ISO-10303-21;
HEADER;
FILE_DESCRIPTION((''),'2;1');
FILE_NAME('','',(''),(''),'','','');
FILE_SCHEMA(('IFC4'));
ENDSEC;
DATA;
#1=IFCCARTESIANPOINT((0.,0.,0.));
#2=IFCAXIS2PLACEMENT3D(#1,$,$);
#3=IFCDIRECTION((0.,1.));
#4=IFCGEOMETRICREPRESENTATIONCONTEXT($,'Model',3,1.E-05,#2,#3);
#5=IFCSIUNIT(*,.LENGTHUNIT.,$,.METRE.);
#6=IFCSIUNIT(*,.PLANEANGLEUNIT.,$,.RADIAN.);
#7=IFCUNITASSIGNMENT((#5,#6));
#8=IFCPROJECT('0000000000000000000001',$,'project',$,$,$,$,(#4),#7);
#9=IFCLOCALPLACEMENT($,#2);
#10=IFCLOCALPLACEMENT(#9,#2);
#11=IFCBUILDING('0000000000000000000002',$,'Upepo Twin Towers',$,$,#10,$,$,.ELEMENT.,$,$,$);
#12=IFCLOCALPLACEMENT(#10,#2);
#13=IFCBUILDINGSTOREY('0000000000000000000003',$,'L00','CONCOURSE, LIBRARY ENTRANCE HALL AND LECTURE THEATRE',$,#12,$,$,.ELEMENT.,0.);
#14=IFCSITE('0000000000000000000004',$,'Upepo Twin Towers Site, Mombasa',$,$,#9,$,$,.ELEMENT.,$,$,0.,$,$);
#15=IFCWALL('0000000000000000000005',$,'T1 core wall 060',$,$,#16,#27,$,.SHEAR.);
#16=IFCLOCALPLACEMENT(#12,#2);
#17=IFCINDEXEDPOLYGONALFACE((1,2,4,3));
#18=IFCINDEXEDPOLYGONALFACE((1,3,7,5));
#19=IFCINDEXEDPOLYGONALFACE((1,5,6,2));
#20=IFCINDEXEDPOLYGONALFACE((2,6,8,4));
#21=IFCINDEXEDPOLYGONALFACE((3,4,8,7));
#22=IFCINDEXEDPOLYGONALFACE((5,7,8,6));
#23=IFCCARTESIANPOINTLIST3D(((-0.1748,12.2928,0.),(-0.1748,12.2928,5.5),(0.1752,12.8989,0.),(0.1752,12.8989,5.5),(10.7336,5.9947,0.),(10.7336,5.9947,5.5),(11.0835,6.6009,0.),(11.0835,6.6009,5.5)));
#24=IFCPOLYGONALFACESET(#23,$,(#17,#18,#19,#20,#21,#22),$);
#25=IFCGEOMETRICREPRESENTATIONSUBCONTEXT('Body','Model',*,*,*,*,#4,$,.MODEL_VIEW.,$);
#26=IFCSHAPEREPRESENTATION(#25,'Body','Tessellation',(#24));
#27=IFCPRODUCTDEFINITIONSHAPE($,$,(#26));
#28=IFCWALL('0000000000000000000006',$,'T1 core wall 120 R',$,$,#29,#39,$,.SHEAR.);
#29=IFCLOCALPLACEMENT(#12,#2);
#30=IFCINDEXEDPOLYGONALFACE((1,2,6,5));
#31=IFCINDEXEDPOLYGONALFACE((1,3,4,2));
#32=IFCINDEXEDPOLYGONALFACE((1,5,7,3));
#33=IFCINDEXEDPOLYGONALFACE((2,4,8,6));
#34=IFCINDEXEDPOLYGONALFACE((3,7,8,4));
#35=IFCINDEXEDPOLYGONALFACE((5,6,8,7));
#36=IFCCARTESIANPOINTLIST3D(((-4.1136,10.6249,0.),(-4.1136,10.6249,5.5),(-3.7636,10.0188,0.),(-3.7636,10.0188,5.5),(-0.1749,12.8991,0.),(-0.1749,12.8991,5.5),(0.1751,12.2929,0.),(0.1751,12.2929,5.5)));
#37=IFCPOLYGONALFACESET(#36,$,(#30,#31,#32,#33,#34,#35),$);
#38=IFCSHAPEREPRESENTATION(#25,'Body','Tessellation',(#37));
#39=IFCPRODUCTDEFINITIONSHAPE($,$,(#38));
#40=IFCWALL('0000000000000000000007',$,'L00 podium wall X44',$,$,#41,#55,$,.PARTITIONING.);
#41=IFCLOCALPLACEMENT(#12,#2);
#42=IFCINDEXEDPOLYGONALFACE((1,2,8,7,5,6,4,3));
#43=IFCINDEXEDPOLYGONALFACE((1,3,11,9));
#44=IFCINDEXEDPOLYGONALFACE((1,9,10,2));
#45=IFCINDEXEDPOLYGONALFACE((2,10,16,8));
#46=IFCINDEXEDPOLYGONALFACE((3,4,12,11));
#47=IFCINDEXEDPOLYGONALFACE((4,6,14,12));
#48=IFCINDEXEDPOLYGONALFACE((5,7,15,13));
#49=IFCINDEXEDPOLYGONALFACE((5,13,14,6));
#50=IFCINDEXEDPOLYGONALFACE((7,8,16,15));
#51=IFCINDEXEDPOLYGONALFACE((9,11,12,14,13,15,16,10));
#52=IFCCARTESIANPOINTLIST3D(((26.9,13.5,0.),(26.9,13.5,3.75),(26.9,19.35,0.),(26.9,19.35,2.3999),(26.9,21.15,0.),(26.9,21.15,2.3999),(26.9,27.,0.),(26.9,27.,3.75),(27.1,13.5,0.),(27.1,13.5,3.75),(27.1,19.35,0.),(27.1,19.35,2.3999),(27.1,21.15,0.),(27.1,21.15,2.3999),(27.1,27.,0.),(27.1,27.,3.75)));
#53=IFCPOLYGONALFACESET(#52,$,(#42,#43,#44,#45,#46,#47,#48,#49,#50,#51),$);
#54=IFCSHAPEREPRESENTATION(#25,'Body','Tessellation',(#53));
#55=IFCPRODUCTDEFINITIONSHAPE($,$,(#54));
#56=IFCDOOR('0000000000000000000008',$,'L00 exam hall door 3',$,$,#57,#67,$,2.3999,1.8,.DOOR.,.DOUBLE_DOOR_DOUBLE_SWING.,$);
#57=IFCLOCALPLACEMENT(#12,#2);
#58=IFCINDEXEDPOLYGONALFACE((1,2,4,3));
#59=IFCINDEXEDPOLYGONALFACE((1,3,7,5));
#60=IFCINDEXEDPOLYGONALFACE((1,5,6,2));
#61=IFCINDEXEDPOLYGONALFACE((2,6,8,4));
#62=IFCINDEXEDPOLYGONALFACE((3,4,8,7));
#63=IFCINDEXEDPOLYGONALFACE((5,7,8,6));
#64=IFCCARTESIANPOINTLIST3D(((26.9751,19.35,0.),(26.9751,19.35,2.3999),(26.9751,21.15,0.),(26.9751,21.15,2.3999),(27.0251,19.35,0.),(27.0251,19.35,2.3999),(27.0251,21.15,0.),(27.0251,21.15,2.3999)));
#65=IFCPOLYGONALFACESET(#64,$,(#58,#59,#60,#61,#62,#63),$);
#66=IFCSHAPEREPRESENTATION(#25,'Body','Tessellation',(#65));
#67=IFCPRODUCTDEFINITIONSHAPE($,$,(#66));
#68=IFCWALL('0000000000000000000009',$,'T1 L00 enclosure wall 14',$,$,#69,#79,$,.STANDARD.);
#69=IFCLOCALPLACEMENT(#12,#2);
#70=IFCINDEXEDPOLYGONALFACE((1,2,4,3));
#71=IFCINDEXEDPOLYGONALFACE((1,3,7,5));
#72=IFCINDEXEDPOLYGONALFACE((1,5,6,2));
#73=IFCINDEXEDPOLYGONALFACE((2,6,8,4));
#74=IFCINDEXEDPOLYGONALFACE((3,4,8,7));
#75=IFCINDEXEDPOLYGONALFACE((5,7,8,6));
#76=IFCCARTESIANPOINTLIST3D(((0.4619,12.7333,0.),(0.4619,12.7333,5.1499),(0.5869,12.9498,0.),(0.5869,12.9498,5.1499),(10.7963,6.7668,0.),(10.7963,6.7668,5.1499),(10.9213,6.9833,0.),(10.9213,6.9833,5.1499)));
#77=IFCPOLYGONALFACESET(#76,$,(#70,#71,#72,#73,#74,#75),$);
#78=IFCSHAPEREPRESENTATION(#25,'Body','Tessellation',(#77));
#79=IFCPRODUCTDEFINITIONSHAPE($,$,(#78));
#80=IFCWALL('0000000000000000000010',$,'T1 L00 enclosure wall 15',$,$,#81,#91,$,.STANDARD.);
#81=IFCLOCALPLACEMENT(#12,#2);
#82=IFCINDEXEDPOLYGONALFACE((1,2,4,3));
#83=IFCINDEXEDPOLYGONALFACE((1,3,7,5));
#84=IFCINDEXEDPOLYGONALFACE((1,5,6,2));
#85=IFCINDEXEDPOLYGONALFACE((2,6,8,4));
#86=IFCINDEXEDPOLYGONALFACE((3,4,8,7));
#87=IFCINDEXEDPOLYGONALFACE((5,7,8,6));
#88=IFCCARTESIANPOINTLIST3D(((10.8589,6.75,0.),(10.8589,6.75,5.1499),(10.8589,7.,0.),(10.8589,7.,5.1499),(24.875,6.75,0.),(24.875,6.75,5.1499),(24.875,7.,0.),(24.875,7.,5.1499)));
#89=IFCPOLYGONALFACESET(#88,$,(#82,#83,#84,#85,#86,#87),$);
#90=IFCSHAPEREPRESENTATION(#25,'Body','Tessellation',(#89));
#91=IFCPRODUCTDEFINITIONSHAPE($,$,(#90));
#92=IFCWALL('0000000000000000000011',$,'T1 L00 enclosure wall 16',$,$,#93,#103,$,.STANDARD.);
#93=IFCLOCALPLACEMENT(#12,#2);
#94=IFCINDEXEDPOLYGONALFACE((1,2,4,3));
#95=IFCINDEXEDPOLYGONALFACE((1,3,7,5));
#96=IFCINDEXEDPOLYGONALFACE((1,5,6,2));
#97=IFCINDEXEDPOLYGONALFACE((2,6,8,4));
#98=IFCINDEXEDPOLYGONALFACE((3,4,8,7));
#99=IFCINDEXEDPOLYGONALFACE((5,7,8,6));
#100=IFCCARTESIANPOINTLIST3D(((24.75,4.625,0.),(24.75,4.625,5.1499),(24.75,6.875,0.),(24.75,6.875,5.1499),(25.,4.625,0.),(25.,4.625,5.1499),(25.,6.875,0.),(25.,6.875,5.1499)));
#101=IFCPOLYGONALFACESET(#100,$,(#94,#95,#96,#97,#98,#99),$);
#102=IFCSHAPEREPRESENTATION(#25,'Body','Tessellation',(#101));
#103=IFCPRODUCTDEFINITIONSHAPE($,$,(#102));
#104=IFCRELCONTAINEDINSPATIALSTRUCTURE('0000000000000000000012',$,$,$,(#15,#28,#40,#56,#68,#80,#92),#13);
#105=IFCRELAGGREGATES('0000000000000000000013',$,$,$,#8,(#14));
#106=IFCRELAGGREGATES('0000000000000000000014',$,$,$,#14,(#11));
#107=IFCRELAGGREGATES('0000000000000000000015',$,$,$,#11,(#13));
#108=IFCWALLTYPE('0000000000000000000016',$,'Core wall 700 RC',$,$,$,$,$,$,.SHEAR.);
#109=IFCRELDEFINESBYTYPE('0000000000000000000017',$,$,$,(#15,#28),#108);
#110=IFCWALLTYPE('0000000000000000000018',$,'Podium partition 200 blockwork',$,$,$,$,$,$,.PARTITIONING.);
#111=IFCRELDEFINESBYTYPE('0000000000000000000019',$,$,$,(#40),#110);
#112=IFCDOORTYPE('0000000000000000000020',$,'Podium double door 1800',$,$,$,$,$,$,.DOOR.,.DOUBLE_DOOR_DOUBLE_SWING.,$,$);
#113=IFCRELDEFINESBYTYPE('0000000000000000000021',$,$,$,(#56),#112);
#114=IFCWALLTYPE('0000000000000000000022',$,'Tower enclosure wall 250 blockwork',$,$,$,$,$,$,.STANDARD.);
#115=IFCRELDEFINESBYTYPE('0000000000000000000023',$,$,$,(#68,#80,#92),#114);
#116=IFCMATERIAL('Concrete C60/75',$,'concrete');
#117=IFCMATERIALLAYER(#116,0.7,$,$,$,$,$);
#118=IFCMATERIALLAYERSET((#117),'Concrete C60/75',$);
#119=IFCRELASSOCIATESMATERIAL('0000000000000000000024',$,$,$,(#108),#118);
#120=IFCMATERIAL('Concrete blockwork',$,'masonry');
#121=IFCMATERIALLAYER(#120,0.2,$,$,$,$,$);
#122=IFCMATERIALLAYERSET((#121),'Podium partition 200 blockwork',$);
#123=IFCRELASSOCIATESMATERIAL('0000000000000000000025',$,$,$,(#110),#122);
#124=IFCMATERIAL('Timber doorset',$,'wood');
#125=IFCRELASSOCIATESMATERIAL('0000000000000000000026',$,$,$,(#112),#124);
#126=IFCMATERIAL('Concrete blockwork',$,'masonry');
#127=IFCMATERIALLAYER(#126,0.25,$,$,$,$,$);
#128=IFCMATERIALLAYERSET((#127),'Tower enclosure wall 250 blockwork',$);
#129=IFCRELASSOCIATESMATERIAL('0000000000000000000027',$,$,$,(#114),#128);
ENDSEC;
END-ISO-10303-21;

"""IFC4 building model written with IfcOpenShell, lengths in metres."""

from ifc_helpers import new_model, si_unit, direction, frame, frame_2d, origin, place, context, subcontext, project, spatial, rectangle, extrude, material, layer, layer_set, type_object, element, fill, save


model = new_model("IFC4")

# Units and contexts
model_context = context("Model", 3, precision=1e-05, world=origin(), true_north=direction((0.0, 1.0)))
body_context = subcontext(model_context, "Body", "Model", "MODEL_VIEW")
ifc_project = project(units=[si_unit("LENGTHUNIT", "METRE"), si_unit("PLANEANGLEUNIT", "RADIAN")], contexts=[model_context])

# Site, building, storey
site_placement = place(None, origin())
site = spatial("IfcSite", under=ifc_project, at=site_placement, Name="Upepo Twin Towers Site, Mombasa", CompositionType="ELEMENT", RefElevation=0.0)
building_placement = place(site_placement, origin())
building = spatial("IfcBuilding", under=site, at=building_placement, Name="Upepo Twin Towers", CompositionType="ELEMENT")
storey_placement = place(building_placement, origin())
storey = spatial("IfcBuildingStorey", under=building, at=storey_placement, Name="L00", Description="CONCOURSE, LIBRARY ENTRANCE HALL AND LECTURE THEATRE", CompositionType="ELEMENT", Elevation=0.0)

# Walls
ifc_material_1 = material(Name="Concrete C60/75", Category="concrete")
ifc_layer_1 = layer(ifc_material_1, 0.7)
ifc_layer_set_1 = layer_set([ifc_layer_1], Name="Concrete C60/75")
wall_type_1 = type_object("IfcWallType", Name="Core wall 700 RC", PredefinedType="SHEAR", material=ifc_layer_set_1)
wall_1_placement = place(storey_placement, frame((10.9084, 6.2979, 0.0), z_axis=(0.0, 0.0, 1.0), x_axis=(-0.866022, 0.500006, 0.0)))
element("IfcWall", 1, at=wall_1_placement, inside=storey, type_object=wall_type_1, Name="T1 core wall 060", PredefinedType="SHEAR", context=body_context, shape_type="SweptSolid", body=[
    extrude(rectangle(XDim=12.5959, YDim=0.7, at=frame_2d((6.2979, 0.0))), origin(), (0.0, 0.0, 1.0), 5.5),
])
wall_2_placement = place(storey_placement, frame((0.0, 12.5959, 0.0), z_axis=(0.0, 0.0, 1.0), x_axis=(-0.866011, -0.500024, 0.0)))
element("IfcWall", 2, at=wall_2_placement, inside=storey, type_object=wall_type_1, Name="T1 core wall 120 R", PredefinedType="SHEAR", context=body_context, shape_type="SweptSolid", body=[
    extrude(rectangle(XDim=4.5481, YDim=0.7, at=frame_2d((2.2739, 0.0))), origin(), (0.0, 0.0, 1.0), 5.5),
])

# Wall, opening, door
ifc_material_2 = material(Name="Concrete blockwork", Category="masonry")
ifc_layer_2 = layer(ifc_material_2, 0.2)
ifc_layer_set_2 = layer_set([ifc_layer_2], Name="Podium partition 200 blockwork")
wall_type_2 = type_object("IfcWallType", Name="Podium partition 200 blockwork", PredefinedType="PARTITIONING", material=ifc_layer_set_2)
wall_3_placement = place(storey_placement, frame((27.0, 13.5, 0.0), z_axis=(0.0, 0.0, 1.0), x_axis=(0.0, 1.0, 0.0)))
wall_3 = element("IfcWall", 3, at=wall_3_placement, inside=storey, type_object=wall_type_2, Name="L00 podium wall X44", PredefinedType="PARTITIONING", context=body_context, shape_type="SweptSolid", body=[
    extrude(rectangle(XDim=13.5, YDim=0.2, at=frame_2d((6.75, 0.0))), origin(), (0.0, 0.0, 1.0), 3.75),
])
opening_placement = place(wall_3_placement, frame((5.8501, 0.0, 0.0)))
opening = element("IfcOpeningElement", 4, at=opening_placement, cuts=wall_3, PredefinedType="OPENING", context=body_context, shape_type="SweptSolid", body=[
    extrude(rectangle(XDim=1.8, YDim=2.3999, at=frame_2d((0.8999, 1.2))), frame((0.0, 0.1099, 0.0), z_axis=(0.0, -1.0, 0.0), x_axis=(1.0, 0.0, 0.0)), (0.0, 0.0, 1.0), 0.22),
])
ifc_material_3 = material(Name="Timber doorset", Category="wood")
door_type = type_object("IfcDoorType", Name="Podium double door 1800", OperationType="DOUBLE_DOOR_DOUBLE_SWING", PredefinedType="DOOR", material=ifc_material_3)
door_placement = place(opening_placement, origin())
door = element("IfcDoor", 5, at=door_placement, inside=storey, type_object=door_type, Name="L00 exam hall door 3", OperationType="DOUBLE_DOOR_DOUBLE_SWING", OverallHeight=2.3999, OverallWidth=1.8, PredefinedType="DOOR", context=body_context, shape_type="SweptSolid", body=[
    extrude(rectangle(XDim=1.8, YDim=2.3999, at=frame_2d((0.8999, 1.2))), frame((0.0, 0.0249, 0.0), z_axis=(0.0, -1.0, 0.0), x_axis=(1.0, 0.0, 0.0)), (0.0, 0.0, 1.0), 0.05),
])
fill(opening, door)

# Walls
ifc_material_4 = material(Name="Concrete blockwork", Category="masonry")
ifc_layer_3 = layer(ifc_material_4, 0.25)
ifc_layer_set_3 = layer_set([ifc_layer_3], Name="Tower enclosure wall 250 blockwork")
wall_type_3 = type_object("IfcWallType", Name="Tower enclosure wall 250 blockwork", PredefinedType="STANDARD", material=ifc_layer_set_3)
wall_4_placement = place(storey_placement, frame((0.5244, 12.8416, 0.0), z_axis=(0.0, 0.0, 1.0), x_axis=(0.866028, -0.499996, 0.0)))
element("IfcWall", 6, at=wall_4_placement, inside=storey, type_object=wall_type_3, Name="T1 L00 enclosure wall 14", PredefinedType="STANDARD", context=body_context, shape_type="SweptSolid", body=[
    extrude(rectangle(XDim=11.9331, YDim=0.25, at=frame_2d((5.9666, 0.0))), origin(), (0.0, 0.0, 1.0), 5.1499),
])
wall_5_placement = place(storey_placement, frame((10.8589, 6.875, 0.0), z_axis=(0.0, 0.0, 1.0), x_axis=(1.0, 0.0, 0.0)))
element("IfcWall", 7, at=wall_5_placement, inside=storey, type_object=wall_type_3, Name="T1 L00 enclosure wall 15", PredefinedType="STANDARD", context=body_context, shape_type="SweptSolid", body=[
    extrude(rectangle(XDim=14.0161, YDim=0.25, at=frame_2d((7.0081, 0.0))), origin(), (0.0, 0.0, 1.0), 5.1499),
])
wall_6_placement = place(storey_placement, frame((24.875, 6.875, 0.0), z_axis=(0.0, 0.0, 1.0), x_axis=(0.0, -1.0, 0.0)))
element("IfcWall", 8, at=wall_6_placement, inside=storey, type_object=wall_type_3, Name="T1 L00 enclosure wall 16", PredefinedType="STANDARD", context=body_context, shape_type="SweptSolid", body=[
    extrude(rectangle(XDim=2.25, YDim=0.25, at=frame_2d((1.125, 0.0))), origin(), (0.0, 0.0, 1.0), 5.1499),
])

save(model, "model.ifc")
